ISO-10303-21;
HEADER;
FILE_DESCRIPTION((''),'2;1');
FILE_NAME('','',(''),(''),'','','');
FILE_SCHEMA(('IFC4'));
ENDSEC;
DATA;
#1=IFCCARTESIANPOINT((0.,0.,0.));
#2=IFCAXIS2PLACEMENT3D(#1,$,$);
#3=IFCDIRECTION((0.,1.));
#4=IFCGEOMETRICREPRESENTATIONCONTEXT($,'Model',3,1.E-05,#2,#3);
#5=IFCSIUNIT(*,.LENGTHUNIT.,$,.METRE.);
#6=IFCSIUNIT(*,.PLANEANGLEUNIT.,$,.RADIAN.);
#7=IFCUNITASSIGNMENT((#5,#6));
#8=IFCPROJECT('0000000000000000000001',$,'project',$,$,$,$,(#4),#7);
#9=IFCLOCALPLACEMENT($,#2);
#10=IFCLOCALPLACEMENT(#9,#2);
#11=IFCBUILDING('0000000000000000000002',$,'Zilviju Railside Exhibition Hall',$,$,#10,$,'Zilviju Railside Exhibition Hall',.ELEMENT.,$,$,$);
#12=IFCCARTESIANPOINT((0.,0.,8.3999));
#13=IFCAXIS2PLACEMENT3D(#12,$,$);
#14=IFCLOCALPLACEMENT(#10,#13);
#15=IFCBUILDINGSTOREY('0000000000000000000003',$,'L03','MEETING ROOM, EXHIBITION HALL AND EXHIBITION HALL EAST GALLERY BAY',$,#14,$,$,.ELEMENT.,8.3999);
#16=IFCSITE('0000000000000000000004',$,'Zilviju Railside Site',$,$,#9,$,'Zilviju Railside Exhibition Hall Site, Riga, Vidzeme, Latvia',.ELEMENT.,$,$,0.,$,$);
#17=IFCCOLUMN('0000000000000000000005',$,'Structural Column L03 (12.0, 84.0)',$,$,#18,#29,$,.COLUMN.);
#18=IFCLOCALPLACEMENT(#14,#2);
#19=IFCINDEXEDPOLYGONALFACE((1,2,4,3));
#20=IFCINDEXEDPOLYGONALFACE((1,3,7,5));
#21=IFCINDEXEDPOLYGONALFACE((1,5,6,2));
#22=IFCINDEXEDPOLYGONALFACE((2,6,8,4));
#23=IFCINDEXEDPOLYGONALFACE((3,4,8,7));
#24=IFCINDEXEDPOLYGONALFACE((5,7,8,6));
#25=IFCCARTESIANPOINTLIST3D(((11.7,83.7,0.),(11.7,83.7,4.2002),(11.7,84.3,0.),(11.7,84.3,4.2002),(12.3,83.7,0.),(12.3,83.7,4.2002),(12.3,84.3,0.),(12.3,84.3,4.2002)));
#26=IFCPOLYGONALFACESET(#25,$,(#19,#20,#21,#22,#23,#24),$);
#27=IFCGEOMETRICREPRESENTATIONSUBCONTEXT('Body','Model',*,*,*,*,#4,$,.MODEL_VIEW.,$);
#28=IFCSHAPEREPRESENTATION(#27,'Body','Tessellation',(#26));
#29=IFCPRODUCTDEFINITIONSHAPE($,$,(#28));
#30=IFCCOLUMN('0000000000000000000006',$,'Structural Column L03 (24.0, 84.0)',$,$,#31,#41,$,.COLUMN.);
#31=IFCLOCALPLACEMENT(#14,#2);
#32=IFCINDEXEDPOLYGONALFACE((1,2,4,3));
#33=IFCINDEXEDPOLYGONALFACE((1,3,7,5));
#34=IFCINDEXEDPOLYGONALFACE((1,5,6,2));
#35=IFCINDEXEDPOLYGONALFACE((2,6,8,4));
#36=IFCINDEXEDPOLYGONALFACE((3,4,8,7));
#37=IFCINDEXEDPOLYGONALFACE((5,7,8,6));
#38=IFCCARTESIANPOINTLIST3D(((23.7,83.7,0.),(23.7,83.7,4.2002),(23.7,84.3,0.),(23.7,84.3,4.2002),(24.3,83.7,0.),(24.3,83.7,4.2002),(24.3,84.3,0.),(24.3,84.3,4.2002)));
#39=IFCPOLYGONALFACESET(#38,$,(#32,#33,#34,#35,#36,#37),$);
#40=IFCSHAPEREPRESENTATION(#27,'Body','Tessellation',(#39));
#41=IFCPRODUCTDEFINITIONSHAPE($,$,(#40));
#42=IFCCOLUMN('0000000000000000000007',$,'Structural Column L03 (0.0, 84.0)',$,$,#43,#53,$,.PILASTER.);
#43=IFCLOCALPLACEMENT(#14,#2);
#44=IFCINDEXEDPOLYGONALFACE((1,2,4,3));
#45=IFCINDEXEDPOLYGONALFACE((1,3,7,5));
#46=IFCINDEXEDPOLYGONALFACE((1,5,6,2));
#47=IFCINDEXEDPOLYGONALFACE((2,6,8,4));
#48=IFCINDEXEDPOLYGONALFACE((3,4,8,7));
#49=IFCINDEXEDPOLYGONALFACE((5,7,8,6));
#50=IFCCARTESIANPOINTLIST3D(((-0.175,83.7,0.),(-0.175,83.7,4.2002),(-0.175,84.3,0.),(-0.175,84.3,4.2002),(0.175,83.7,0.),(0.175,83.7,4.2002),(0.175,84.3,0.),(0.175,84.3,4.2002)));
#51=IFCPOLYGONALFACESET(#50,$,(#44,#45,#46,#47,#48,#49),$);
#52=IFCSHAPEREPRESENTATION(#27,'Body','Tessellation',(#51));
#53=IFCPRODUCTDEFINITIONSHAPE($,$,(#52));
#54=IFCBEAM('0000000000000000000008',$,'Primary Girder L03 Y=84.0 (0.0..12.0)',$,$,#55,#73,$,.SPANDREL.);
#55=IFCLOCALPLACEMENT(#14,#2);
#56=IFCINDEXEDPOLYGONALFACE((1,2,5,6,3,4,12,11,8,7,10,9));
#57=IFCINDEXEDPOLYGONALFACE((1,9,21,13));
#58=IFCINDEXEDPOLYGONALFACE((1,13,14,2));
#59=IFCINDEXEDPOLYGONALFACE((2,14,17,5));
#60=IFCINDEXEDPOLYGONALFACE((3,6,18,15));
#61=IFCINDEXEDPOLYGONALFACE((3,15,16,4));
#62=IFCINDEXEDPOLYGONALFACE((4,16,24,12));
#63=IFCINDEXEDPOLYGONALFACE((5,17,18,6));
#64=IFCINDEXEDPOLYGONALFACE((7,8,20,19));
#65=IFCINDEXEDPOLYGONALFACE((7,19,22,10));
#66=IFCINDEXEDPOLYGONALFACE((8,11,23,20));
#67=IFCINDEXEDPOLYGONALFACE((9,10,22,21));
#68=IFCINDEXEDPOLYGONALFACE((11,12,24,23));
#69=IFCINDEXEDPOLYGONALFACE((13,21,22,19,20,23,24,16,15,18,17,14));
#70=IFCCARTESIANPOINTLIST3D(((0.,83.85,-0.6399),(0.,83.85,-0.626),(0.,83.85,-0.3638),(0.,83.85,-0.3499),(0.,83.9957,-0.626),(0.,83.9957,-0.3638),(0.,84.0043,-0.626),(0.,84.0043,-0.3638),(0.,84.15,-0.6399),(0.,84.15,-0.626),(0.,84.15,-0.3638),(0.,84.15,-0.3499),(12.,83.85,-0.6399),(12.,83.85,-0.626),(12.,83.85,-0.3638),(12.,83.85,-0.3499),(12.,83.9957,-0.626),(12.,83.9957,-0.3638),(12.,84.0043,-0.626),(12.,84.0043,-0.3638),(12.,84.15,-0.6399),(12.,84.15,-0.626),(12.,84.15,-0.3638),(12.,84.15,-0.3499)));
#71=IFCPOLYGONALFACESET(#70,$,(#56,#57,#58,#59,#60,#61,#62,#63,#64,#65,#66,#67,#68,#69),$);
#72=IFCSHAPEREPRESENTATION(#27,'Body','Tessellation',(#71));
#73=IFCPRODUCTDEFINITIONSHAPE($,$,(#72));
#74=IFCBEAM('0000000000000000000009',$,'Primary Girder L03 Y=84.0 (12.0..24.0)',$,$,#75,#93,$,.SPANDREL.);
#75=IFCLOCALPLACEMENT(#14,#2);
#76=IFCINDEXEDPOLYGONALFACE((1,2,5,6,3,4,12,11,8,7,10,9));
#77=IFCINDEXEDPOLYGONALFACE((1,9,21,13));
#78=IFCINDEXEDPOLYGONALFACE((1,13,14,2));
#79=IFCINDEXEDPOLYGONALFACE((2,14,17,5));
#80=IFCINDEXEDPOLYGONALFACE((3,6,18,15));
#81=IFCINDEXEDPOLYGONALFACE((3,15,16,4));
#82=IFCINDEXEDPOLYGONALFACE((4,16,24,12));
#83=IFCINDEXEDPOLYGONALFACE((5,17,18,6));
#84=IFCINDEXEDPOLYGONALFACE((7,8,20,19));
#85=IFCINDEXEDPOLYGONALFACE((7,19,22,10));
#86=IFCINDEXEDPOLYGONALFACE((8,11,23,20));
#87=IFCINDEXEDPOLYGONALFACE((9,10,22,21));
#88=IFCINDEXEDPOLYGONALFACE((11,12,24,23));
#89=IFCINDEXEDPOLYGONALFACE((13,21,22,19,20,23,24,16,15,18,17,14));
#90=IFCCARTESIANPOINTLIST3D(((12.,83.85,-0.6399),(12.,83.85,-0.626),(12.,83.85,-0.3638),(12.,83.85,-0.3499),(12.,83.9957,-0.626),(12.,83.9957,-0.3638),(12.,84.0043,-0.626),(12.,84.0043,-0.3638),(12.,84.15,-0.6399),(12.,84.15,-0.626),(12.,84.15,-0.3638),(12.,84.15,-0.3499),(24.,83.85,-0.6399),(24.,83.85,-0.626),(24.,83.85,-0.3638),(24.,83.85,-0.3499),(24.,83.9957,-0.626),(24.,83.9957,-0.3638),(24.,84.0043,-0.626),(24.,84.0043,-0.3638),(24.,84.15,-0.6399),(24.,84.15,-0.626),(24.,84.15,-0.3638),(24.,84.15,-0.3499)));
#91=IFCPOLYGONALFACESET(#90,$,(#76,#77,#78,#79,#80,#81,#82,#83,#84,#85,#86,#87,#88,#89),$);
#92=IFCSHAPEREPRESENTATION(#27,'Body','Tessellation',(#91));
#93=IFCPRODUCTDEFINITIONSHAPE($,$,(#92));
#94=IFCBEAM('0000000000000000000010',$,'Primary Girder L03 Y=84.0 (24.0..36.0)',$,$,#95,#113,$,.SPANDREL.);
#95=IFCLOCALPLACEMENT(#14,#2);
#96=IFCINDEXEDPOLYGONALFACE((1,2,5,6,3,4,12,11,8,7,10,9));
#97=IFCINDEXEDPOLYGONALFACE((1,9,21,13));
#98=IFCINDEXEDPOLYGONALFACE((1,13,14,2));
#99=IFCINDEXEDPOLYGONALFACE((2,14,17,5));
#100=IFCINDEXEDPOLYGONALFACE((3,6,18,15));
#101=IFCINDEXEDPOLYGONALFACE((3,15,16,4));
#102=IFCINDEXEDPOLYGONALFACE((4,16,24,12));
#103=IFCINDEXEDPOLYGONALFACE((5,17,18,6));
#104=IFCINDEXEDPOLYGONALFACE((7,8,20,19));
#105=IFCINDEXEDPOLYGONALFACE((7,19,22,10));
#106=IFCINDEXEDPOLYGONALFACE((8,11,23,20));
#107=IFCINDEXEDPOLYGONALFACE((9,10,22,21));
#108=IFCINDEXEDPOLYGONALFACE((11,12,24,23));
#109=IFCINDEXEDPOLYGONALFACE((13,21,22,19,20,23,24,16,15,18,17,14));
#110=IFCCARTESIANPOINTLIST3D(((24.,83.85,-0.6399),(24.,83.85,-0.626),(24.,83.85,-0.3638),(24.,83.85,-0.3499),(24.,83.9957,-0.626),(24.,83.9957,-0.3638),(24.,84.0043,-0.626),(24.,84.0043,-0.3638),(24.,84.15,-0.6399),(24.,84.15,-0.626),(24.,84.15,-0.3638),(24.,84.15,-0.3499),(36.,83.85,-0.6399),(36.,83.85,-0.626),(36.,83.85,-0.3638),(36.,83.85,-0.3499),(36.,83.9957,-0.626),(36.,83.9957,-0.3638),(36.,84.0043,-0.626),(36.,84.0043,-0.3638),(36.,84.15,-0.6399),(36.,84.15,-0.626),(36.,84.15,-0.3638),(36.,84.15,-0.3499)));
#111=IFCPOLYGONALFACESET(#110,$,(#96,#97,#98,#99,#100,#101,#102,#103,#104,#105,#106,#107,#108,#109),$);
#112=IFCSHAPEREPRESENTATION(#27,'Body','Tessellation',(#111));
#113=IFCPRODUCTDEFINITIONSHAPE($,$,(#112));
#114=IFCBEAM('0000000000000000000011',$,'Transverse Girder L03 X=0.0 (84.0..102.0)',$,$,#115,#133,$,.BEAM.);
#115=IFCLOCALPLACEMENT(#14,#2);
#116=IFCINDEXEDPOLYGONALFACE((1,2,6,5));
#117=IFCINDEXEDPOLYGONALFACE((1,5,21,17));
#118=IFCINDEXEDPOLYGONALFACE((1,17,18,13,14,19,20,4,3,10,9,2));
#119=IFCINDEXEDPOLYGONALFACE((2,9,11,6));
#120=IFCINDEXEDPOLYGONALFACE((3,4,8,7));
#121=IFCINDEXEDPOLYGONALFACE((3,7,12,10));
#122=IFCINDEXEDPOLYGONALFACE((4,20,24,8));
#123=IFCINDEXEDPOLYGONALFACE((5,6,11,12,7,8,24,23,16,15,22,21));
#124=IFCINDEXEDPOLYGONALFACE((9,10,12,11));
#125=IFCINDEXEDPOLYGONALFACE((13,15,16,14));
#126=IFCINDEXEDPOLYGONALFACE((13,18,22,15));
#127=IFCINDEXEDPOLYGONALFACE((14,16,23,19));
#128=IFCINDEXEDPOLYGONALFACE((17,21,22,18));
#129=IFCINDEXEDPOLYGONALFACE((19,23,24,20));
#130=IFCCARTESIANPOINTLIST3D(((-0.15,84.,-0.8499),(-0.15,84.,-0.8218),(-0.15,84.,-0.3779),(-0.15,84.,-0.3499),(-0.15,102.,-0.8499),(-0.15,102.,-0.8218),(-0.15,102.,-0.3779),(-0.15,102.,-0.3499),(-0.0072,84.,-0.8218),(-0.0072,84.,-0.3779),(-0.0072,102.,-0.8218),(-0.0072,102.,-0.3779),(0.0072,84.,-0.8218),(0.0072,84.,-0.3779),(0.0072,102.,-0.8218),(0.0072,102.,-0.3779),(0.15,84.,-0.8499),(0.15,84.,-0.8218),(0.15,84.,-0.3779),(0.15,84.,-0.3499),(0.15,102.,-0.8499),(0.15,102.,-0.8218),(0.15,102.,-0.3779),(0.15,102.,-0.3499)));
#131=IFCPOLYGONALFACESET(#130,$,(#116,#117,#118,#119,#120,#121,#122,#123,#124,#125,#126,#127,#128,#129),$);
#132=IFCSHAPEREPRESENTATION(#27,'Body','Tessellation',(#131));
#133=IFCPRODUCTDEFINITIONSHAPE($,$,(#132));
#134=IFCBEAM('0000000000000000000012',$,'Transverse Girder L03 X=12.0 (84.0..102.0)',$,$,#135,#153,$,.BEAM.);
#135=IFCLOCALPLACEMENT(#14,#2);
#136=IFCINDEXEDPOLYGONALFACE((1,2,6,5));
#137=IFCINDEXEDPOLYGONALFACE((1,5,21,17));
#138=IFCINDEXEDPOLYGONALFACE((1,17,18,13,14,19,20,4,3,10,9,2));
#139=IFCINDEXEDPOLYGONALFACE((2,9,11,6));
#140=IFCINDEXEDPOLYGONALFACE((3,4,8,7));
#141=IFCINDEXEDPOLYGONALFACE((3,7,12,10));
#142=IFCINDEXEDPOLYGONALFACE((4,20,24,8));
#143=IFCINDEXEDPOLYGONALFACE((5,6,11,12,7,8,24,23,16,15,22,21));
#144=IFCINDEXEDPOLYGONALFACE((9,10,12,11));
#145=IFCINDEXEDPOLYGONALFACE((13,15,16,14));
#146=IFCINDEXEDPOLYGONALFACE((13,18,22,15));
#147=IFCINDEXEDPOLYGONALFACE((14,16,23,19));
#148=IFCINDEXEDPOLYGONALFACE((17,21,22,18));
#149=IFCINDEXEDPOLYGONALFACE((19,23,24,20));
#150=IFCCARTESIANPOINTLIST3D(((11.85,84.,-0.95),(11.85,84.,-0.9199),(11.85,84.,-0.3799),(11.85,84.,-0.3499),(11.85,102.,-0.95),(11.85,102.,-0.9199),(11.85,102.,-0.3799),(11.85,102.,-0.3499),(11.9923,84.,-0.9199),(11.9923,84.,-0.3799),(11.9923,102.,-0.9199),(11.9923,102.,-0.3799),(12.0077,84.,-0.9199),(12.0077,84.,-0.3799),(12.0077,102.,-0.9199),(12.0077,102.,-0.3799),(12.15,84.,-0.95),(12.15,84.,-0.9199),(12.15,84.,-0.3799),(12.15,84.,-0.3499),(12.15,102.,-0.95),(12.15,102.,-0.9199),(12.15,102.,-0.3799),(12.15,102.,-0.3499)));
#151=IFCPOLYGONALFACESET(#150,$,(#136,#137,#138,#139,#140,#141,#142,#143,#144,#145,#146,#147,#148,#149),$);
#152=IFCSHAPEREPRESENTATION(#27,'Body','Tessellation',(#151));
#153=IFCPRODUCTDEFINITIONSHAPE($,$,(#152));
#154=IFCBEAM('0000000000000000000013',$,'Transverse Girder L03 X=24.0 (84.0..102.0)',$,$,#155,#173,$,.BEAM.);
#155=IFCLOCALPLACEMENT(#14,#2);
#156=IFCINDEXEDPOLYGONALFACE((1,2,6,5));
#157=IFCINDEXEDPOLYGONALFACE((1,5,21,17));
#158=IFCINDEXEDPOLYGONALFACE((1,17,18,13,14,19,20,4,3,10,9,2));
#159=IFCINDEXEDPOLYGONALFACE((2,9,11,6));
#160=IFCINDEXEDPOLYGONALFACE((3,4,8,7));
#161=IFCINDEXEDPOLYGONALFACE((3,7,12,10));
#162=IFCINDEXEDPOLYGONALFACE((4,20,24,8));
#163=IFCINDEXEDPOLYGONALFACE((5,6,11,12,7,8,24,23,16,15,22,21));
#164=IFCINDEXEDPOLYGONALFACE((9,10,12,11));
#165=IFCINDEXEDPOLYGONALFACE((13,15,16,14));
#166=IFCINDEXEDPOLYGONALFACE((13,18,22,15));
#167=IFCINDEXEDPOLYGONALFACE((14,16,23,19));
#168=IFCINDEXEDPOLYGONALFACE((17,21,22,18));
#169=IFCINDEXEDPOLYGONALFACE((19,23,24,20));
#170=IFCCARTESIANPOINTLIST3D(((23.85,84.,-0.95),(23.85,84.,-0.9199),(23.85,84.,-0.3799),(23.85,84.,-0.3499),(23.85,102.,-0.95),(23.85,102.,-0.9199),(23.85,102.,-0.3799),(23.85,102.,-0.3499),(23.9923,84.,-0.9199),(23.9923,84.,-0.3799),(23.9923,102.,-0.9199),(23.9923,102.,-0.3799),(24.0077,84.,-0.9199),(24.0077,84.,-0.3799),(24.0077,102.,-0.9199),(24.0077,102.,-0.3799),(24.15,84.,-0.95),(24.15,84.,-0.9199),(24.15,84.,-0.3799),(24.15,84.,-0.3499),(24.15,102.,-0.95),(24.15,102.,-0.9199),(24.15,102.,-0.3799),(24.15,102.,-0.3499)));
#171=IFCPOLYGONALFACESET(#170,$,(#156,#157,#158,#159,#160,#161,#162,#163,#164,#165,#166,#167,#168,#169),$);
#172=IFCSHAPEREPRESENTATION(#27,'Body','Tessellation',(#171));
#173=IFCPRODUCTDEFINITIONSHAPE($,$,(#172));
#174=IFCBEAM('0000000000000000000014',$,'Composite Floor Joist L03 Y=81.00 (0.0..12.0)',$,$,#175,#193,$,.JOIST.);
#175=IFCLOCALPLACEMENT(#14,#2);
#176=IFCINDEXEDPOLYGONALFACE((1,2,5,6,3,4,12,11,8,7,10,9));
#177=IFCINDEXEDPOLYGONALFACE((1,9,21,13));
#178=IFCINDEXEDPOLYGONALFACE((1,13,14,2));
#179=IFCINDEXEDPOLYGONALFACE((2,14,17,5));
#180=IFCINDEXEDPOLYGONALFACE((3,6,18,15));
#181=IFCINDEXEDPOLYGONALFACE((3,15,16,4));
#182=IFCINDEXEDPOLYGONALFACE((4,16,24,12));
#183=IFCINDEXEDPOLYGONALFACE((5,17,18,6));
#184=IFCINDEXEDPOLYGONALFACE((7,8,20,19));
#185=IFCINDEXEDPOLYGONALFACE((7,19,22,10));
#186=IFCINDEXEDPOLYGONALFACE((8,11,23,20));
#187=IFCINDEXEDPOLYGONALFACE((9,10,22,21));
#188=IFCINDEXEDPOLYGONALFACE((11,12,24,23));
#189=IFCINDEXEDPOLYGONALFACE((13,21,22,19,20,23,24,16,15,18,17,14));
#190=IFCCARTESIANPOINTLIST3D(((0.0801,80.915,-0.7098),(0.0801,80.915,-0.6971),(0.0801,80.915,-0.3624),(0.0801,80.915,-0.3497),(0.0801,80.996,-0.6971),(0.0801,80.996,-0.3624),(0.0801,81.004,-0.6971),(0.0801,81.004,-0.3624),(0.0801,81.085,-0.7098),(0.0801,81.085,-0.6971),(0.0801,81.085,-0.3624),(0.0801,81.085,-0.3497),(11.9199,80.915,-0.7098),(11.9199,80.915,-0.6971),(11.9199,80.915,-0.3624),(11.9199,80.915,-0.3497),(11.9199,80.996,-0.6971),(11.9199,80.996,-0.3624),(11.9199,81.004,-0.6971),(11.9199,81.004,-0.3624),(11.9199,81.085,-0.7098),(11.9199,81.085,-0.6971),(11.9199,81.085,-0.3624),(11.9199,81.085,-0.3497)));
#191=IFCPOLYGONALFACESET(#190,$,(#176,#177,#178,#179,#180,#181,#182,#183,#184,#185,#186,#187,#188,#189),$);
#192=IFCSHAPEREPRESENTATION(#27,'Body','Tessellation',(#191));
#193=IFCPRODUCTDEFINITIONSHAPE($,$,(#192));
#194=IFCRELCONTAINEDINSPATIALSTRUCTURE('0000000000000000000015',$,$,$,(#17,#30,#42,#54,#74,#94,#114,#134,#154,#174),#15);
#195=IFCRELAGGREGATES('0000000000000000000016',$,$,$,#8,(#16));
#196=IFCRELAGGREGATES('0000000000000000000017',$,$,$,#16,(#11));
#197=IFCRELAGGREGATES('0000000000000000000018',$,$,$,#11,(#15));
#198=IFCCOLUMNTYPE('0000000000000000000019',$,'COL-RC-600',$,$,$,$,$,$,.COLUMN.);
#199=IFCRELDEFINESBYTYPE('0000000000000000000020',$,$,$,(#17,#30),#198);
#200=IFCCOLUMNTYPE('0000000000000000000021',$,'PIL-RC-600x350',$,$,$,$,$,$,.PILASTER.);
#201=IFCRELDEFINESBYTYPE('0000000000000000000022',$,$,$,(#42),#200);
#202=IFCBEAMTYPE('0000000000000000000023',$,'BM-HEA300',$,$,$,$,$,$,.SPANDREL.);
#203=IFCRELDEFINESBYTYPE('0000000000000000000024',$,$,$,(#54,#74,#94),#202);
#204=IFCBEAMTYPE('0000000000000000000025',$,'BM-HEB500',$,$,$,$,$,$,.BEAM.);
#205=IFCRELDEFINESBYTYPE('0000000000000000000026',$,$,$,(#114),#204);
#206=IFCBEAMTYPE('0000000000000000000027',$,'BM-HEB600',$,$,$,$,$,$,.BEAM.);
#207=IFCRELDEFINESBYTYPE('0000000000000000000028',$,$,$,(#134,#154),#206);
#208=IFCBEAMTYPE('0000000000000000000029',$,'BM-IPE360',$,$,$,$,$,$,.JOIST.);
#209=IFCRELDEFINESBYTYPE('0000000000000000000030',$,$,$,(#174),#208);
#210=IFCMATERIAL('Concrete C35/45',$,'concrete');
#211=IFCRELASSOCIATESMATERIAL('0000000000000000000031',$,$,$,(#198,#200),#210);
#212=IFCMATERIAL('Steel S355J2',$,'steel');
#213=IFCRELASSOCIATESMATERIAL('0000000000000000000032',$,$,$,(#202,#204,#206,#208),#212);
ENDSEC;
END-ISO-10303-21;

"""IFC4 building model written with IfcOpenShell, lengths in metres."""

from ifc_helpers import new_model, si_unit, direction, frame, origin, origin_2d, place, context, subcontext, project, spatial, rectangle, i_section, extrude, material, material_profile, profile_set, type_object, element, save


model = new_model("IFC4")

# Units and contexts
model_context = context("Model", 3, precision=1e-05, world=origin(), true_north=direction((0.0, 1.0)))
body_context = subcontext(model_context, "Body", "Model", "MODEL_VIEW")
ifc_project = project(units=[si_unit("LENGTHUNIT", "METRE"), si_unit("PLANEANGLEUNIT", "RADIAN")], contexts=[model_context])

# Site, building, storey
site_placement = place(None, origin())
site = spatial("IfcSite", under=ifc_project, at=site_placement, Name="Zilviju Railside Site", LongName="Zilviju Railside Exhibition Hall Site, Riga, Vidzeme, Latvia", CompositionType="ELEMENT", RefElevation=0.0)
building_placement = place(site_placement, origin())
building = spatial("IfcBuilding", under=site, at=building_placement, Name="Zilviju Railside Exhibition Hall", LongName="Zilviju Railside Exhibition Hall", CompositionType="ELEMENT")
storey_placement = place(building_placement, frame((0.0, 0.0, 8.3999)))
storey = spatial("IfcBuildingStorey", under=building, at=storey_placement, Name="L03", Description="MEETING ROOM, EXHIBITION HALL AND EXHIBITION HALL EAST GALLERY BAY", CompositionType="ELEMENT", Elevation=8.3999)

# Columns
ifc_material_1 = material(Name="Concrete C35/45", Category="concrete")
ifc_material_profile_1 = material_profile(ifc_material_1, rectangle(XDim=0.6001, YDim=0.6001, at=origin_2d()), Name="RC COL 600x600")
ifc_profile_set_1 = profile_set([ifc_material_profile_1], Name="Concrete C35/45")
column_type_1 = type_object("IfcColumnType", Name="COL-RC-600", PredefinedType="COLUMN", material=ifc_profile_set_1)
for number, where, z_axis, x_axis, name in (
    (1, (12.0, 84.0, 0.0), (0.0, 0.0, 1.0), (1.0, 0.0, 0.0), "Structural Column L03 (12.0, 84.0)"),
    (2, (24.0, 84.0, 0.0), (0.0, 0.0, 1.0), (1.0, 0.0, 0.0), "Structural Column L03 (24.0, 84.0)"),
):
    element("IfcColumn", number, at=place(storey_placement, frame(where, z_axis=z_axis, x_axis=x_axis)), inside=storey, type_object=column_type_1, Name=name, PredefinedType="COLUMN", context=body_context, shape_type="SweptSolid", body=[
        extrude(rectangle(XDim=0.6001, YDim=0.6001, at=origin_2d()), origin(), (0.0, 0.0, 1.0), 4.2002),
    ])
ifc_material_profile_2 = material_profile(ifc_material_1, rectangle(XDim=0.3501, YDim=0.6001, at=origin_2d()), Name="RC COL 350x600")
ifc_profile_set_2 = profile_set([ifc_material_profile_2], Name="Concrete C35/45")
column_type_2 = type_object("IfcColumnType", Name="PIL-RC-600x350", PredefinedType="PILASTER", material=ifc_profile_set_2)
column_placement = place(storey_placement, frame((0.0, 84.0, 0.0), z_axis=(0.0, 0.0, 1.0), x_axis=(1.0, 0.0, 0.0)))
element("IfcColumn", 3, at=column_placement, inside=storey, type_object=column_type_2, Name="Structural Column L03 (0.0, 84.0)", PredefinedType="PILASTER", context=body_context, shape_type="SweptSolid", body=[
    extrude(rectangle(XDim=0.3501, YDim=0.6001, at=origin_2d()), origin(), (0.0, 0.0, 1.0), 4.2002),
])

# Beams
ifc_material_2 = material(Name="Steel S355J2", Category="steel")
ifc_material_profile_3 = material_profile(ifc_material_2, i_section(OverallWidth=0.3, OverallDepth=0.29, WebThickness=0.0085, FlangeThickness=0.0139, at=origin_2d()), Name="HEA 300")
ifc_profile_set_3 = profile_set([ifc_material_profile_3], Name="Steel S355J2")
beam_type_1 = type_object("IfcBeamType", Name="BM-HEA300", PredefinedType="SPANDREL", material=ifc_profile_set_3)
for number, where, z_axis, x_axis, name in (
    (4, (0.0, 84.0, -0.4949), (1.0, 0.0, 0.0), (0.0, 1.0, 0.0), "Primary Girder L03 Y=84.0 (0.0..12.0)"),
    (5, (12.0, 84.0, -0.4949), (1.0, 0.0, 0.0), (0.0, 1.0, 0.0), "Primary Girder L03 Y=84.0 (12.0..24.0)"),
    (6, (24.0, 84.0, -0.4949), (1.0, 0.0, 0.0), (0.0, 1.0, 0.0), "Primary Girder L03 Y=84.0 (24.0..36.0)"),
):
    element("IfcBeam", number, at=place(storey_placement, frame(where, z_axis=z_axis, x_axis=x_axis)), inside=storey, type_object=beam_type_1, Name=name, PredefinedType="SPANDREL", context=body_context, shape_type="SweptSolid", body=[
        extrude(i_section(OverallWidth=0.3, OverallDepth=0.29, WebThickness=0.0085, FlangeThickness=0.0139, at=origin_2d()), origin(), (0.0, 0.0, 1.0), 12.0),
    ])
ifc_material_profile_4 = material_profile(ifc_material_2, i_section(OverallWidth=0.3, OverallDepth=0.5, WebThickness=0.0144, FlangeThickness=0.0281, at=origin_2d()), Name="HEB 500")
ifc_profile_set_4 = profile_set([ifc_material_profile_4], Name="Steel S355J2")
beam_type_2 = type_object("IfcBeamType", Name="BM-HEB500", PredefinedType="BEAM", material=ifc_profile_set_4)
beam_placement = place(storey_placement, frame((0.0, 84.0, -0.5999), z_axis=(0.0, 1.0, 0.0), x_axis=(-1.0, 0.0, 0.0)))
element("IfcBeam", 7, at=beam_placement, inside=storey, type_object=beam_type_2, Name="Transverse Girder L03 X=0.0 (84.0..102.0)", PredefinedType="BEAM", context=body_context, shape_type="SweptSolid", body=[
    extrude(i_section(OverallWidth=0.3, OverallDepth=0.5, WebThickness=0.0144, FlangeThickness=0.0281, at=origin_2d()), origin(), (0.0, 0.0, 1.0), 18.0),
])
ifc_material_profile_5 = material_profile(ifc_material_2, i_section(OverallWidth=0.3, OverallDepth=0.6001, WebThickness=0.0154, FlangeThickness=0.03, at=origin_2d()), Name="HEB 600")
ifc_profile_set_5 = profile_set([ifc_material_profile_5], Name="Steel S355J2")
beam_type_3 = type_object("IfcBeamType", Name="BM-HEB600", PredefinedType="BEAM", material=ifc_profile_set_5)
for number, where, z_axis, x_axis, name in (
    (8, (12.0, 84.0, -0.6499), (0.0, 1.0, 0.0), (-1.0, 0.0, 0.0), "Transverse Girder L03 X=12.0 (84.0..102.0)"),
    (9, (24.0, 84.0, -0.6499), (0.0, 1.0, 0.0), (-1.0, 0.0, 0.0), "Transverse Girder L03 X=24.0 (84.0..102.0)"),
):
    element("IfcBeam", number, at=place(storey_placement, frame(where, z_axis=z_axis, x_axis=x_axis)), inside=storey, type_object=beam_type_3, Name=name, PredefinedType="BEAM", context=body_context, shape_type="SweptSolid", body=[
        extrude(i_section(OverallWidth=0.3, OverallDepth=0.6001, WebThickness=0.0154, FlangeThickness=0.03, at=origin_2d()), origin(), (0.0, 0.0, 1.0), 18.0),
    ])
ifc_material_profile_6 = material_profile(ifc_material_2, i_section(OverallWidth=0.1699, OverallDepth=0.3601, WebThickness=0.0081, FlangeThickness=0.0127, at=origin_2d()), Name="IPE 360")
ifc_profile_set_6 = profile_set([ifc_material_profile_6], Name="Steel S355J2")
beam_type_4 = type_object("IfcBeamType", Name="BM-IPE360", PredefinedType="JOIST", material=ifc_profile_set_6)
for number, where, z_axis, x_axis, name in (
    (10, (0.0801, 81.0, -0.5298), (1.0, 0.0, 0.0), (0.0, 1.0, 0.0), "Composite Floor Joist L03 Y=81.00 (0.0..12.0)"),
):
    element("IfcBeam", number, at=place(storey_placement, frame(where, z_axis=z_axis, x_axis=x_axis)), inside=storey, type_object=beam_type_4, Name=name, PredefinedType="JOIST", context=body_context, shape_type="SweptSolid", body=[
        extrude(i_section(OverallWidth=0.1699, OverallDepth=0.3601, WebThickness=0.0081, FlangeThickness=0.0127, at=origin_2d()), origin(), (0.0, 0.0, 1.0), 11.8398),
    ])

save(model, "model.ifc")
